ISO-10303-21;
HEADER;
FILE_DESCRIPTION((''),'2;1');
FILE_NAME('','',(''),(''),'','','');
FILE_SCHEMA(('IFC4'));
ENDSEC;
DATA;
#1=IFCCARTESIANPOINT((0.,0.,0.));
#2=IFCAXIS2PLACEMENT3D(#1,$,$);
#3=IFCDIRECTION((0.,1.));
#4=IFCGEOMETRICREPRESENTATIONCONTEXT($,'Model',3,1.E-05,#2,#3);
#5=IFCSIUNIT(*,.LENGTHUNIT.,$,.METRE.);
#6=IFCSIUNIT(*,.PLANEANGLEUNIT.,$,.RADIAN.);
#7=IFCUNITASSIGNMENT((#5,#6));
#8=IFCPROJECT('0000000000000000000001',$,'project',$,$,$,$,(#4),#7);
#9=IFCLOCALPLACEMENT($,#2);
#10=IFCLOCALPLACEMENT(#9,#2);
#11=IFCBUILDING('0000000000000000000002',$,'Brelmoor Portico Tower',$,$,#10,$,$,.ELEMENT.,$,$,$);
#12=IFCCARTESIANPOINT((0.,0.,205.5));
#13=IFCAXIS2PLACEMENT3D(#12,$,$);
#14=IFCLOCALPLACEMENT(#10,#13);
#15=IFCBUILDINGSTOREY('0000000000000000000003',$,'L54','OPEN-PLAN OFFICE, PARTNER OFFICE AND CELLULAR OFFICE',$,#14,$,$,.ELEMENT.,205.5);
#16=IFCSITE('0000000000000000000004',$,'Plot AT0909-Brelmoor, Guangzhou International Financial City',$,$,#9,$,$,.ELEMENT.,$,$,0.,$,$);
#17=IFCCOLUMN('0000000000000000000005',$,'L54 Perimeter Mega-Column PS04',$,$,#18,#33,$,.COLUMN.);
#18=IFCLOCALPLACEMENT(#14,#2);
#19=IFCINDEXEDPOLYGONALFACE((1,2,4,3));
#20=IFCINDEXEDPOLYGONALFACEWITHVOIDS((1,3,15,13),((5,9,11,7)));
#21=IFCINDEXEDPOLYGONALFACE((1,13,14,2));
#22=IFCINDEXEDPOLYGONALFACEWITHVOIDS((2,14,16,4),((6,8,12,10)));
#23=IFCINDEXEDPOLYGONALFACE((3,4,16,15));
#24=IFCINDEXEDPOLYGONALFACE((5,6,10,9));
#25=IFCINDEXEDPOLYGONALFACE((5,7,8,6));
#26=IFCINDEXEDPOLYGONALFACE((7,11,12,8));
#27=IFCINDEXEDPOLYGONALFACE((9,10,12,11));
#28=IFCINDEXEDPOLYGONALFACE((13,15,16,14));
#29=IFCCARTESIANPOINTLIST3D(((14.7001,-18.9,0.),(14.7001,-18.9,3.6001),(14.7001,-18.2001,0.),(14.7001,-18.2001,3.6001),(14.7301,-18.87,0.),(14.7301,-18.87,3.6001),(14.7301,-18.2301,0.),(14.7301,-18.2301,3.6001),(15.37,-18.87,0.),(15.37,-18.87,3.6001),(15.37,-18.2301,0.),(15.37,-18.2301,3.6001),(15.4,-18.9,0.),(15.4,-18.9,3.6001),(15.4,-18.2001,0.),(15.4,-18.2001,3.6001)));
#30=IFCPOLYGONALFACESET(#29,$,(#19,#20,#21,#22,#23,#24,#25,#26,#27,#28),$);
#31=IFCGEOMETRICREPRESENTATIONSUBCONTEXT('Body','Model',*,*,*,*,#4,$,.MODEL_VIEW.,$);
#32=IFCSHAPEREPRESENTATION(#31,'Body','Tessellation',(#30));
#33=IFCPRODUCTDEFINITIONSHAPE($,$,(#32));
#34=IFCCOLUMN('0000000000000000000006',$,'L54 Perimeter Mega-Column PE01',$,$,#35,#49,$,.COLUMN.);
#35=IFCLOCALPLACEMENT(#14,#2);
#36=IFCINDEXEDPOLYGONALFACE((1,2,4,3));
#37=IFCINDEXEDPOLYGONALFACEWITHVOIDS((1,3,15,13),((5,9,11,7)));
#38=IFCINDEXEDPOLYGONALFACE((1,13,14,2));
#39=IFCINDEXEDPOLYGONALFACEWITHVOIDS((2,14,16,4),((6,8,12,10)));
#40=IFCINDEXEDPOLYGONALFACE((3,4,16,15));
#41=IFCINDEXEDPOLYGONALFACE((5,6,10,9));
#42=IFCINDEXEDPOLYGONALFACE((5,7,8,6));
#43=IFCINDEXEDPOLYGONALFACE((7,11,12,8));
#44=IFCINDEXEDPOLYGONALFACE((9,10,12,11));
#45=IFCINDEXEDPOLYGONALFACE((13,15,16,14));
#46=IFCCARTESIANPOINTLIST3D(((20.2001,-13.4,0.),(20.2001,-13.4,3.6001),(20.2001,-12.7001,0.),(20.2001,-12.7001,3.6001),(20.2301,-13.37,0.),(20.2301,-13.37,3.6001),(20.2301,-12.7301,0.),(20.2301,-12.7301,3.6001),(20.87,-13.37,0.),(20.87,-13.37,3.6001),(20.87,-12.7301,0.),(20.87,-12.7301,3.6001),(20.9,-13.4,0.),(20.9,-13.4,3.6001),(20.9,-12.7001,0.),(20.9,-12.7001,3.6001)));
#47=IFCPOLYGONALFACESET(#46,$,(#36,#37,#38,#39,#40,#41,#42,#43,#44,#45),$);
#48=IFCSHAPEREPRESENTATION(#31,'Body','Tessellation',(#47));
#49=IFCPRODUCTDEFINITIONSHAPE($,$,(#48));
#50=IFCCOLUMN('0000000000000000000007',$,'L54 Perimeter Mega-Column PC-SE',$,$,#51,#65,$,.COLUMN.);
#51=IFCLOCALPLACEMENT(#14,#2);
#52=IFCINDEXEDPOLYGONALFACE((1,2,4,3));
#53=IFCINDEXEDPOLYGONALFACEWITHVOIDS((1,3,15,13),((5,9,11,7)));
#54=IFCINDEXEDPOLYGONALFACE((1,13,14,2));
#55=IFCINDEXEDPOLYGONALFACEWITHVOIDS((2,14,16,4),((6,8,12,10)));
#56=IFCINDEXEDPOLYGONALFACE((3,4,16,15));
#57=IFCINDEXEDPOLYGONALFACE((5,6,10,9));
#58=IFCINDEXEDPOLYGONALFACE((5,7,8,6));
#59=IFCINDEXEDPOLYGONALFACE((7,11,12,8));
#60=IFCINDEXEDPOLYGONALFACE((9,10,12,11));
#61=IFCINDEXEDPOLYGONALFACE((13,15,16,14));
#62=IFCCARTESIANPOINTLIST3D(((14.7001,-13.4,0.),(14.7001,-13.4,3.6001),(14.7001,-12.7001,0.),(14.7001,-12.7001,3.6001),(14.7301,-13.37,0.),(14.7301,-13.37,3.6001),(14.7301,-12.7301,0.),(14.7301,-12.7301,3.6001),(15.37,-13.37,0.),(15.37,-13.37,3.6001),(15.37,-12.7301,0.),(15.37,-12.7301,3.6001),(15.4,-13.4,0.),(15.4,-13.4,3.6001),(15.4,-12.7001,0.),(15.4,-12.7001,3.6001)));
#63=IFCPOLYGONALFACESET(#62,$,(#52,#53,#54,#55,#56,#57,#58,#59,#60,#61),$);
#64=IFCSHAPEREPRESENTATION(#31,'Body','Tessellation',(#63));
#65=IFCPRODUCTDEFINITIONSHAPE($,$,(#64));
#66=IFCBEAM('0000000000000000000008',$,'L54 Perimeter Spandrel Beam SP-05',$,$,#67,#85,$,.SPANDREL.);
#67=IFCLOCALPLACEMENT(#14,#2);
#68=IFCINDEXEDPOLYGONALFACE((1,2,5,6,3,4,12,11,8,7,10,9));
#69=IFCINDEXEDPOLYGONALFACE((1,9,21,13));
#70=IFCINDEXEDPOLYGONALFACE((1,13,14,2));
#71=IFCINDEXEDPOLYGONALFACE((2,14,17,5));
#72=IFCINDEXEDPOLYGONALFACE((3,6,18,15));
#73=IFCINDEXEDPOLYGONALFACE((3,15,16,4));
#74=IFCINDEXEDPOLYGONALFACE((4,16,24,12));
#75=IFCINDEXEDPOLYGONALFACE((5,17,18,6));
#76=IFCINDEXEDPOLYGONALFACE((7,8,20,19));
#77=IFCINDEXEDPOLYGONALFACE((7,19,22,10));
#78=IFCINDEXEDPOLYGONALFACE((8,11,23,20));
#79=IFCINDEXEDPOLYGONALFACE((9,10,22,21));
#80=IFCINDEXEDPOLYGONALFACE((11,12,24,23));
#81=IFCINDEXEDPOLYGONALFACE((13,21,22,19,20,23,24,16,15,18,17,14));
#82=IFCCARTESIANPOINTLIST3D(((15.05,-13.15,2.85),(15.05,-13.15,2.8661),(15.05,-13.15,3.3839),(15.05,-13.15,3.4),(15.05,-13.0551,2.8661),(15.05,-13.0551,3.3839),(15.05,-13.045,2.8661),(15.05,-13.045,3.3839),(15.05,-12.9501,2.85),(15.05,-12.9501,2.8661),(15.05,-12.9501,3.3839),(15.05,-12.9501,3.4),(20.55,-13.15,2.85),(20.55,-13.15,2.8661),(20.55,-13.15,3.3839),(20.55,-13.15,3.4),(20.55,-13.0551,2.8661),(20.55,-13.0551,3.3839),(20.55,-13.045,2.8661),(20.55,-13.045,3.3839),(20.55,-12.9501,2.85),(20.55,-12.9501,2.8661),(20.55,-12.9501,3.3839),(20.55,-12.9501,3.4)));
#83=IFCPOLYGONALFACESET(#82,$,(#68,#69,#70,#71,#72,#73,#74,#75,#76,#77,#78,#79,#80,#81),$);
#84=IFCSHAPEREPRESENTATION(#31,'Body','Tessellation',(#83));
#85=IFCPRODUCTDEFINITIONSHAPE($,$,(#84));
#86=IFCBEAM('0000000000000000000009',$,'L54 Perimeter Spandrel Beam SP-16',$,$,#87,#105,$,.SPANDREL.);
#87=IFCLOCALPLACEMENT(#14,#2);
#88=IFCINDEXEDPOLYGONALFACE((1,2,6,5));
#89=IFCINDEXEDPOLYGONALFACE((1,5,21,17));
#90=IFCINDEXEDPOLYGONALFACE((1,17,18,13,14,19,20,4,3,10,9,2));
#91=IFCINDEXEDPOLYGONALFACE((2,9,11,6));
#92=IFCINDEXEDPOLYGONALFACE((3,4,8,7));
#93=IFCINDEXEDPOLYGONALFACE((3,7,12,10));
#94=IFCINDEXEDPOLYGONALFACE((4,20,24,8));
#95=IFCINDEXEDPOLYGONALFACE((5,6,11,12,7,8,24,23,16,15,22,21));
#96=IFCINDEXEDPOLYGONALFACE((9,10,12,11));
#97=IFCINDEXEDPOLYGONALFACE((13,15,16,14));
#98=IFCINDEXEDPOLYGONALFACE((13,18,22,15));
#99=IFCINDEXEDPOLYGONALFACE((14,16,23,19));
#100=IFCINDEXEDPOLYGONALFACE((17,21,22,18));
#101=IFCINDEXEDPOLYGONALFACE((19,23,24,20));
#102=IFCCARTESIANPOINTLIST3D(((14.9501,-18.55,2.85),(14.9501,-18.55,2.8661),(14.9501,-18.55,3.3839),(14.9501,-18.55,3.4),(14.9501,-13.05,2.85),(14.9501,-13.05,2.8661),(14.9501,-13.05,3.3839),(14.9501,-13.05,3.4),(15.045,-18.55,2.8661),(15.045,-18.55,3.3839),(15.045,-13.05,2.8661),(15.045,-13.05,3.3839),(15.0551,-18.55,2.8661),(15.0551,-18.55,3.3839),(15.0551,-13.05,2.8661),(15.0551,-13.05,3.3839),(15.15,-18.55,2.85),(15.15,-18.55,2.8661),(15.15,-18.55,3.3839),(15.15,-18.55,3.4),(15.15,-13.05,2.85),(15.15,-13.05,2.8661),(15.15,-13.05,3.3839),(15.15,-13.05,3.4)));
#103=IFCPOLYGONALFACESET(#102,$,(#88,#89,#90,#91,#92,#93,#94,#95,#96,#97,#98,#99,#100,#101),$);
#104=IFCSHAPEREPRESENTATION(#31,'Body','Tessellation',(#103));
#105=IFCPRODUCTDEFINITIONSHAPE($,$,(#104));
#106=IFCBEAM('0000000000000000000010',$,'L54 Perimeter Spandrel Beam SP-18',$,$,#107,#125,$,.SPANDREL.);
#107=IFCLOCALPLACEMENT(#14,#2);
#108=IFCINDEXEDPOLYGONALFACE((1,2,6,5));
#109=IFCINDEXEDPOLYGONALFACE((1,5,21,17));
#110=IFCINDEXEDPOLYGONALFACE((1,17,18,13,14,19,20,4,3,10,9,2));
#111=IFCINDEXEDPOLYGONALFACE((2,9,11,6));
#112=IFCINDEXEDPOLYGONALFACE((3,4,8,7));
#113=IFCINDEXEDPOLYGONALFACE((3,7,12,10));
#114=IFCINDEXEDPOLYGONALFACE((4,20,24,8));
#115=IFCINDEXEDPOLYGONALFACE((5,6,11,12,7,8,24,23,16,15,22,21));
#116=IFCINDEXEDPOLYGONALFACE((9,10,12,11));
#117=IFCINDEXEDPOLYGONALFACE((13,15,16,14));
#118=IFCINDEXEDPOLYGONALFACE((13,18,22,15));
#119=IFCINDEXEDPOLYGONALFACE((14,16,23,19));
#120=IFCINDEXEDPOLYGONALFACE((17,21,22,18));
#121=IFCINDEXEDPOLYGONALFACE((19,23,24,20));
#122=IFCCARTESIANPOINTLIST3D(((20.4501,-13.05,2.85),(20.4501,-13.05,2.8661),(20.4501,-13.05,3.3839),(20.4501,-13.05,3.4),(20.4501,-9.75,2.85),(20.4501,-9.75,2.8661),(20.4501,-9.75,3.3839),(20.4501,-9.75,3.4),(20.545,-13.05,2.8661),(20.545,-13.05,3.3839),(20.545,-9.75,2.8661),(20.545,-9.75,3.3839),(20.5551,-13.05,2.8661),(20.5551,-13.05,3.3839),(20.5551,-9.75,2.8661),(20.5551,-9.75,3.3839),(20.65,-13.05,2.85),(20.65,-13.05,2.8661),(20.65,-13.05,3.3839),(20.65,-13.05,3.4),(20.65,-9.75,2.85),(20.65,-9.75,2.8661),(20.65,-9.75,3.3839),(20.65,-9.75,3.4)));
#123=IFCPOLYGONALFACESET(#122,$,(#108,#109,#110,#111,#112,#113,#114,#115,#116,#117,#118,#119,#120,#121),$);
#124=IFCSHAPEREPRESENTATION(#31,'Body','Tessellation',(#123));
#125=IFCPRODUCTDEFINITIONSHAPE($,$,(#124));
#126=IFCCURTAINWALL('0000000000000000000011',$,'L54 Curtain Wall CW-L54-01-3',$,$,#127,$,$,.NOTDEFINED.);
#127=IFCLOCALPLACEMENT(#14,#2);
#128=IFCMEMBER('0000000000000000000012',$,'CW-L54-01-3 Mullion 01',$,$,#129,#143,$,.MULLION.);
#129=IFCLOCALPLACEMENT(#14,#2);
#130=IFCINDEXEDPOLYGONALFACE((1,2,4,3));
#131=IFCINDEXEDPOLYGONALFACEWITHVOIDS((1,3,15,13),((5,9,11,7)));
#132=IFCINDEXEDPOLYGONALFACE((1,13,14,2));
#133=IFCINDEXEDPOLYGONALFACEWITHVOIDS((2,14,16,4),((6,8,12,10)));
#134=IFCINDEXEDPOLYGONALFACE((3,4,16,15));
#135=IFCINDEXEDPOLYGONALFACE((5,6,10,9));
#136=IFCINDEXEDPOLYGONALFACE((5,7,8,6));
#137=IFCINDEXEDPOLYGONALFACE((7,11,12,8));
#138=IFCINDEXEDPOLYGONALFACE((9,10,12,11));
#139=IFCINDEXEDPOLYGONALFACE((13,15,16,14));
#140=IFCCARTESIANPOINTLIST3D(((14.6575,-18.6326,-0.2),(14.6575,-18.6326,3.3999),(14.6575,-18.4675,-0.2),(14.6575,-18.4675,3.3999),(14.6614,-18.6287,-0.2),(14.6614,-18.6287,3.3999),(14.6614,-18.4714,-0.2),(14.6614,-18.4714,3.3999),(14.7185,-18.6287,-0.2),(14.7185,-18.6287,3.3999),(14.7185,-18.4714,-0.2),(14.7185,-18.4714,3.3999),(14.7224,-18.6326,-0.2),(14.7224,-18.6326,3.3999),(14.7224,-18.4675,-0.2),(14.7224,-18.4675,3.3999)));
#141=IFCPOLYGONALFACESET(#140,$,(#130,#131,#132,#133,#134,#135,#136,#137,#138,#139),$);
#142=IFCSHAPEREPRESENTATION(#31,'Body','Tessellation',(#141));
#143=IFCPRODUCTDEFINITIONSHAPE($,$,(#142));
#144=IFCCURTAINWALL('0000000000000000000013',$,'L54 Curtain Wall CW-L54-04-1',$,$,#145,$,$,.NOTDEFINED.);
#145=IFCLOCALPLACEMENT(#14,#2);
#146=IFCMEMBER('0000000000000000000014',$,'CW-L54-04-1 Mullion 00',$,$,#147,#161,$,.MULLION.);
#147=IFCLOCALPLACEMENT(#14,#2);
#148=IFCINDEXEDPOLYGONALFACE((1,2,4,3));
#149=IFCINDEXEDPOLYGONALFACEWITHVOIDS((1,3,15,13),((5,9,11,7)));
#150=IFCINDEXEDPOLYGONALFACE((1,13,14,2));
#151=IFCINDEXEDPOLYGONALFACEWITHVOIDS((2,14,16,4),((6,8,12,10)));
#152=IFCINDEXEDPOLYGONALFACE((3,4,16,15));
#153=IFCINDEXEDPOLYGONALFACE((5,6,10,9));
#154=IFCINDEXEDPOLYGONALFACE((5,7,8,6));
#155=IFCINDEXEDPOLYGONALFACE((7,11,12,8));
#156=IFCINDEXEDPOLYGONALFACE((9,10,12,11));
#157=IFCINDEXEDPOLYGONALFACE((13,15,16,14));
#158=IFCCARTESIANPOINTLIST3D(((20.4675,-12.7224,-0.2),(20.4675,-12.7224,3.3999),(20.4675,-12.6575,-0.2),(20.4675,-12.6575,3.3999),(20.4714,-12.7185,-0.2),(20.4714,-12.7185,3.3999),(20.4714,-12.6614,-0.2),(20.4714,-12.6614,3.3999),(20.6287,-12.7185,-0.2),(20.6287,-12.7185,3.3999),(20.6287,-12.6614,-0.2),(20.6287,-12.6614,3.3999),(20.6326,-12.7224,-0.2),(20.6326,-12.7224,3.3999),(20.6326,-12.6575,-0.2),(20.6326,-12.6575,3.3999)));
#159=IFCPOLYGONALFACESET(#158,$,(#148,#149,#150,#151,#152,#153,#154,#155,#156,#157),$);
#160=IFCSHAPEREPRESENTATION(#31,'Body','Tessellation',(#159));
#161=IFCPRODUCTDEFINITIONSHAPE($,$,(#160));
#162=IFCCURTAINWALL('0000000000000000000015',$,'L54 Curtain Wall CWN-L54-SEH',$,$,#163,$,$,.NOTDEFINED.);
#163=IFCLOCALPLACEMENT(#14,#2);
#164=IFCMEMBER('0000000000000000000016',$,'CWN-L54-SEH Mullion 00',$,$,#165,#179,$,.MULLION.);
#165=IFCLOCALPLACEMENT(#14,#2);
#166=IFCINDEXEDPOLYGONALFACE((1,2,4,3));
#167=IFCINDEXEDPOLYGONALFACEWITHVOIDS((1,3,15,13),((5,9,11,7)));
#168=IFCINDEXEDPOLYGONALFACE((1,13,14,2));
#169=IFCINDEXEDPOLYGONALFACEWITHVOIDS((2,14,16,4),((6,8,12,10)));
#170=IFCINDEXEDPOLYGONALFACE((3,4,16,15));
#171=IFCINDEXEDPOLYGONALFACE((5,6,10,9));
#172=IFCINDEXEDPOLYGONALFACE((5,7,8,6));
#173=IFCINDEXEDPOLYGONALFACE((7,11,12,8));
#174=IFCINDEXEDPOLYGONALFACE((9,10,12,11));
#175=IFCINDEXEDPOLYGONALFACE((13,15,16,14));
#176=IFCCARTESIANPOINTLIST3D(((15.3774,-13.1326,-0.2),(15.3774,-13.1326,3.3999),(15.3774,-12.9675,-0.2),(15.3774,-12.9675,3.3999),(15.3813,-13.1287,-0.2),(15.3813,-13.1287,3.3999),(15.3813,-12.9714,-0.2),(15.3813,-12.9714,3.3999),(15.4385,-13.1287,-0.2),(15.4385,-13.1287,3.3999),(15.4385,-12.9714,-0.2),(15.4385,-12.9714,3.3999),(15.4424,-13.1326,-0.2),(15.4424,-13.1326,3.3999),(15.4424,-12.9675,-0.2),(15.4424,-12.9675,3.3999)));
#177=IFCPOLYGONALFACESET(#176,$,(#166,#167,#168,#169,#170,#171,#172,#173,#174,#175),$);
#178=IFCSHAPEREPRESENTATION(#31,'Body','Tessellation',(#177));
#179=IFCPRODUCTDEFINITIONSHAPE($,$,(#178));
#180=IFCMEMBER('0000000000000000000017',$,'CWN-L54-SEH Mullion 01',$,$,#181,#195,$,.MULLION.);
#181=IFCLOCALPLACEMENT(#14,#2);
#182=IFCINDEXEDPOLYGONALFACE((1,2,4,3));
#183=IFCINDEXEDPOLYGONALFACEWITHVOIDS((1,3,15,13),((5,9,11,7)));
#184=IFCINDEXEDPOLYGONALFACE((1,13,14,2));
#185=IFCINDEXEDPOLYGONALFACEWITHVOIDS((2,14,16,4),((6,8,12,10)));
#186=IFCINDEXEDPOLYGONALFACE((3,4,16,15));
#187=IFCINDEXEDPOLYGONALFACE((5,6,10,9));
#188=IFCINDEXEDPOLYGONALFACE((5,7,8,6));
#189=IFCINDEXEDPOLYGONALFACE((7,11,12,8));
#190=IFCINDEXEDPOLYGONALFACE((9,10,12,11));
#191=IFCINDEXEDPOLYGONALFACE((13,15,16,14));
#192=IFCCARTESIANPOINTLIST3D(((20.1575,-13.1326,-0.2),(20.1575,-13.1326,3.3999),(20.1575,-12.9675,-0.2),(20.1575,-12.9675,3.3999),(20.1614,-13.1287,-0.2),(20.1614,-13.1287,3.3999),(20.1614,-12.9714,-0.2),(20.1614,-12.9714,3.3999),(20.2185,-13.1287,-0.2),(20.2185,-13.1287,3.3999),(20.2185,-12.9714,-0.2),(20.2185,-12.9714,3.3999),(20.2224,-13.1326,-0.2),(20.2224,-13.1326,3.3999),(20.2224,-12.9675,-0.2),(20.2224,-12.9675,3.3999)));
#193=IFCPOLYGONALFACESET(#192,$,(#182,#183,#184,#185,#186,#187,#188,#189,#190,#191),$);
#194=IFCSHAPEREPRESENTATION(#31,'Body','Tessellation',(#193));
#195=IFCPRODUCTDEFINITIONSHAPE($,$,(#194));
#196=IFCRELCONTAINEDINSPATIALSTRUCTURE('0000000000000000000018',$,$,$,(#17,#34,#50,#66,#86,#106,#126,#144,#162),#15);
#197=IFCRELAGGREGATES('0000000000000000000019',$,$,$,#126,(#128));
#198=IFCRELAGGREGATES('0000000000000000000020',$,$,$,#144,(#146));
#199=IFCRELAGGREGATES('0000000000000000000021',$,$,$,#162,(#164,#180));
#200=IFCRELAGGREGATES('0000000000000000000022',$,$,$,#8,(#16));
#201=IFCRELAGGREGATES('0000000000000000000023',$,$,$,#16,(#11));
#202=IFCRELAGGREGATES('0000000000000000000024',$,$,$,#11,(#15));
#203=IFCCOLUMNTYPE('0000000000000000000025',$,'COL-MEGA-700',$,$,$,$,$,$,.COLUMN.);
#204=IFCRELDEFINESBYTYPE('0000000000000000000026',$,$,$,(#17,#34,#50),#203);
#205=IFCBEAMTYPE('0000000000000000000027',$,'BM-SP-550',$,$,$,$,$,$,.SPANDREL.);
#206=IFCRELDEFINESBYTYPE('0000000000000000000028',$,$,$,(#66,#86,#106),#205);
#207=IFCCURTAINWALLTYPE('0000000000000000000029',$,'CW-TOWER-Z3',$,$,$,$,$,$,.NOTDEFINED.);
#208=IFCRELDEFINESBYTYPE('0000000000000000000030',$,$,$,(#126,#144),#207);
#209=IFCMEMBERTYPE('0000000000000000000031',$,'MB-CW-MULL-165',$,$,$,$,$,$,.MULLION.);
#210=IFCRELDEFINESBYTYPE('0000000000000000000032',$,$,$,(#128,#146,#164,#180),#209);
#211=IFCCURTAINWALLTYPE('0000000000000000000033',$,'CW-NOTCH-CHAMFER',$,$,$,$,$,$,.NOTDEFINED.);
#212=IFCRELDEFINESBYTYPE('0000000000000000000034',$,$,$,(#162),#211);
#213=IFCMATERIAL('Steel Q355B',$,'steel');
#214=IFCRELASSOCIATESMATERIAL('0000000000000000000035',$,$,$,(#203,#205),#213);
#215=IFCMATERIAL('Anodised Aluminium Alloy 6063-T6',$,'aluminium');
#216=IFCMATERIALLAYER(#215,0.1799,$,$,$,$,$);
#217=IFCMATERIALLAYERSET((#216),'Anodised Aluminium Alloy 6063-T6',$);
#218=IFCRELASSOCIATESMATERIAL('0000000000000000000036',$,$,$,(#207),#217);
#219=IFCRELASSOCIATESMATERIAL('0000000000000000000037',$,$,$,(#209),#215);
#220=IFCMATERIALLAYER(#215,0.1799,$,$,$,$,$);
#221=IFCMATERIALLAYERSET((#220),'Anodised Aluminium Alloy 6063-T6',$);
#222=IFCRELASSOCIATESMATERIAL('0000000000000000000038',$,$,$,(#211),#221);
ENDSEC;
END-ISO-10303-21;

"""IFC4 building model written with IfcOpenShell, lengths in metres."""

from ifc_helpers import new_model, si_unit, direction, frame, origin, origin_2d, place, context, subcontext, project, spatial, hollow_rectangle, i_section, extrude, material, layer, layer_set, material_profile, profile_set, type_object, element, aggregate, save


model = new_model("IFC4")

# Units and contexts
model_context = context("Model", 3, precision=1e-05, world=origin(), true_north=direction((0.0, 1.0)))
body_context = subcontext(model_context, "Body", "Model", "MODEL_VIEW")
ifc_project = project(units=[si_unit("LENGTHUNIT", "METRE"), si_unit("PLANEANGLEUNIT", "RADIAN")], contexts=[model_context])

# Site, building, storey
site_placement = place(None, origin())
site = spatial("IfcSite", under=ifc_project, at=site_placement, Name="Plot AT0909-Brelmoor, Guangzhou International Financial City", CompositionType="ELEMENT", RefElevation=0.0)
building_placement = place(site_placement, origin())
building = spatial("IfcBuilding", under=site, at=building_placement, Name="Brelmoor Portico Tower", CompositionType="ELEMENT")
storey_placement = place(building_placement, frame((0.0, 0.0, 205.5)))
storey = spatial("IfcBuildingStorey", under=building, at=storey_placement, Name="L54", Description="OPEN-PLAN OFFICE, PARTNER OFFICE AND CELLULAR OFFICE", CompositionType="ELEMENT", Elevation=205.5)

# Columns
ifc_material_1 = material(Name="Steel Q355B", Category="steel")
ifc_material_profile_1 = material_profile(ifc_material_1, hollow_rectangle(XDim=0.7, YDim=0.7, WallThickness=0.03, at=origin_2d()), Name="BOX 700x700x30")
ifc_profile_set_1 = profile_set([ifc_material_profile_1], Name="Steel Q355B")
column_type = type_object("IfcColumnType", Name="COL-MEGA-700", PredefinedType="COLUMN", material=ifc_profile_set_1)
for number, where, z_axis, x_axis, name in (
    (1, (15.05, -18.55, 0.0), (0.0, 0.0, 1.0), (1.0, 0.0, 0.0), "L54 Perimeter Mega-Column PS04"),
    (2, (20.55, -13.05, 0.0), (0.0, 0.0, 1.0), (0.0, 1.0, 0.0), "L54 Perimeter Mega-Column PE01"),
    (3, (15.05, -13.05, 0.0), (0.0, 0.0, 1.0), (1.0, 0.0, 0.0), "L54 Perimeter Mega-Column PC-SE"),
):
    element("IfcColumn", number, at=place(storey_placement, frame(where, z_axis=z_axis, x_axis=x_axis)), inside=storey, type_object=column_type, Name=name, PredefinedType="COLUMN", context=body_context, shape_type="SweptSolid", body=[
        extrude(hollow_rectangle(XDim=0.7, YDim=0.7, WallThickness=0.03, at=origin_2d()), origin(), (0.0, 0.0, 1.0), 3.6001),
    ])

# Beams
ifc_material_profile_2 = material_profile(ifc_material_1, i_section(OverallWidth=0.2, OverallDepth=0.55, WebThickness=0.01, FlangeThickness=0.0161, at=origin_2d()), Name="HN 550x200x10x16")
ifc_profile_set_2 = profile_set([ifc_material_profile_2], Name="Steel Q355B")
beam_type = type_object("IfcBeamType", Name="BM-SP-550", PredefinedType="SPANDREL", material=ifc_profile_set_2)
for number, where, z_axis, x_axis, name in (
    (4, (15.05, -13.05, 3.125), (1.0, 0.0, 0.0), (0.0, 1.0, 0.0), "L54 Perimeter Spandrel Beam SP-05"),
    (5, (15.05, -18.55, 3.125), (0.0, 1.0, 0.0), (-1.0, 0.0, 0.0), "L54 Perimeter Spandrel Beam SP-16"),
):
    element("IfcBeam", number, at=place(storey_placement, frame(where, z_axis=z_axis, x_axis=x_axis)), inside=storey, type_object=beam_type, Name=name, PredefinedType="SPANDREL", context=body_context, shape_type="SweptSolid", body=[
        extrude(i_section(OverallWidth=0.2, OverallDepth=0.55, WebThickness=0.01, FlangeThickness=0.0161, at=origin_2d()), origin(), (0.0, 0.0, 1.0), 5.5),
    ])
beam_placement = place(storey_placement, frame((20.55, -13.05, 3.125), z_axis=(0.0, 1.0, 0.0), x_axis=(-1.0, 0.0, 0.0)))
element("IfcBeam", 6, at=beam_placement, inside=storey, type_object=beam_type, Name="L54 Perimeter Spandrel Beam SP-18", PredefinedType="SPANDREL", context=body_context, shape_type="SweptSolid", body=[
    extrude(i_section(OverallWidth=0.2, OverallDepth=0.55, WebThickness=0.01, FlangeThickness=0.0161, at=origin_2d()), origin(), (0.0, 0.0, 1.0), 3.3),
])

# Curtain walls, members
ifc_material_2 = material(Name="Anodised Aluminium Alloy 6063-T6", Category="aluminium")
ifc_layer_1 = layer(ifc_material_2, 0.1799)
ifc_layer_set_1 = layer_set([ifc_layer_1], Name="Anodised Aluminium Alloy 6063-T6")
curtain_wall_type_1 = type_object("IfcCurtainWallType", Name="CW-TOWER-Z3", PredefinedType="NOTDEFINED", material=ifc_layer_set_1)
curtain_wall_1_placement = place(storey_placement, origin())
curtain_wall_1 = element("IfcCurtainWall", 7, at=curtain_wall_1_placement, inside=storey, type_object=curtain_wall_type_1, Name="L54 Curtain Wall CW-L54-01-3", PredefinedType="NOTDEFINED")
ifc_material_profile_3 = material_profile(ifc_material_2, hollow_rectangle(XDim=0.0649, YDim=0.165, WallThickness=0.0039, at=origin_2d()), Name="ALU MULLION 65x165")
ifc_profile_set_3 = profile_set([ifc_material_profile_3], Name="Anodised Aluminium Alloy 6063-T6")
member_type_1 = type_object("IfcMemberType", Name="MB-CW-MULL-165", PredefinedType="MULLION", material=ifc_profile_set_3)
member_1_placement = place(storey_placement, frame((14.6899, -18.55, -0.2), z_axis=(0.0, 0.0, 1.0), x_axis=(1.0, 0.0, 0.0)))
member_1 = element("IfcMember", 8, at=member_1_placement, type_object=member_type_1, Name="CW-L54-01-3 Mullion 01", PredefinedType="MULLION", context=body_context, shape_type="SweptSolid", body=[
    extrude(hollow_rectangle(XDim=0.0649, YDim=0.165, WallThickness=0.0039, at=origin_2d()), origin(), (0.0, 0.0, 1.0), 3.5999),
])
aggregate(curtain_wall_1, [member_1])
curtain_wall_2_placement = place(storey_placement, origin())
curtain_wall_2 = element("IfcCurtainWall", 9, at=curtain_wall_2_placement, inside=storey, type_object=curtain_wall_type_1, Name="L54 Curtain Wall CW-L54-04-1", PredefinedType="NOTDEFINED")
member_2_placement = place(storey_placement, frame((20.55, -12.6899, -0.2), z_axis=(0.0, 0.0, 1.0), x_axis=(0.0, 1.0, 0.0)))
member_2 = element("IfcMember", 10, at=member_2_placement, type_object=member_type_1, Name="CW-L54-04-1 Mullion 00", PredefinedType="MULLION", context=body_context, shape_type="SweptSolid", body=[
    extrude(hollow_rectangle(XDim=0.0649, YDim=0.165, WallThickness=0.0039, at=origin_2d()), origin(), (0.0, 0.0, 1.0), 3.5999),
])

# Curtain wall, members
ifc_layer_2 = layer(ifc_material_2, 0.1799)
ifc_layer_set_2 = layer_set([ifc_layer_2], Name="Anodised Aluminium Alloy 6063-T6")
curtain_wall_type_2 = type_object("IfcCurtainWallType", Name="CW-NOTCH-CHAMFER", PredefinedType="NOTDEFINED", material=ifc_layer_set_2)
curtain_wall_3_placement = place(storey_placement, origin())
curtain_wall_3 = element("IfcCurtainWall", 11, at=curtain_wall_3_placement, inside=storey, type_object=curtain_wall_type_2, Name="L54 Curtain Wall CWN-L54-SEH", PredefinedType="NOTDEFINED")
member_3_placement = place(storey_placement, frame((15.4099, -13.05, -0.2), z_axis=(0.0, 0.0, 1.0), x_axis=(1.0, 0.0, 0.0)))
member_3 = element("IfcMember", 12, at=member_3_placement, type_object=member_type_1, Name="CWN-L54-SEH Mullion 00", PredefinedType="MULLION", context=body_context, shape_type="SweptSolid", body=[
    extrude(hollow_rectangle(XDim=0.0649, YDim=0.165, WallThickness=0.0039, at=origin_2d()), origin(), (0.0, 0.0, 1.0), 3.5999),
])
member_4_placement = place(storey_placement, frame((20.1899, -13.05, -0.2), z_axis=(0.0, 0.0, 1.0), x_axis=(1.0, 0.0, 0.0)))
member_4 = element("IfcMember", 13, at=member_4_placement, type_object=member_type_1, Name="CWN-L54-SEH Mullion 01", PredefinedType="MULLION", context=body_context, shape_type="SweptSolid", body=[
    extrude(hollow_rectangle(XDim=0.0649, YDim=0.165, WallThickness=0.0039, at=origin_2d()), origin(), (0.0, 0.0, 1.0), 3.5999),
])

aggregate(curtain_wall_2, [member_2])

aggregate(curtain_wall_3, [member_3, member_4])

save(model, "model.ifc")
